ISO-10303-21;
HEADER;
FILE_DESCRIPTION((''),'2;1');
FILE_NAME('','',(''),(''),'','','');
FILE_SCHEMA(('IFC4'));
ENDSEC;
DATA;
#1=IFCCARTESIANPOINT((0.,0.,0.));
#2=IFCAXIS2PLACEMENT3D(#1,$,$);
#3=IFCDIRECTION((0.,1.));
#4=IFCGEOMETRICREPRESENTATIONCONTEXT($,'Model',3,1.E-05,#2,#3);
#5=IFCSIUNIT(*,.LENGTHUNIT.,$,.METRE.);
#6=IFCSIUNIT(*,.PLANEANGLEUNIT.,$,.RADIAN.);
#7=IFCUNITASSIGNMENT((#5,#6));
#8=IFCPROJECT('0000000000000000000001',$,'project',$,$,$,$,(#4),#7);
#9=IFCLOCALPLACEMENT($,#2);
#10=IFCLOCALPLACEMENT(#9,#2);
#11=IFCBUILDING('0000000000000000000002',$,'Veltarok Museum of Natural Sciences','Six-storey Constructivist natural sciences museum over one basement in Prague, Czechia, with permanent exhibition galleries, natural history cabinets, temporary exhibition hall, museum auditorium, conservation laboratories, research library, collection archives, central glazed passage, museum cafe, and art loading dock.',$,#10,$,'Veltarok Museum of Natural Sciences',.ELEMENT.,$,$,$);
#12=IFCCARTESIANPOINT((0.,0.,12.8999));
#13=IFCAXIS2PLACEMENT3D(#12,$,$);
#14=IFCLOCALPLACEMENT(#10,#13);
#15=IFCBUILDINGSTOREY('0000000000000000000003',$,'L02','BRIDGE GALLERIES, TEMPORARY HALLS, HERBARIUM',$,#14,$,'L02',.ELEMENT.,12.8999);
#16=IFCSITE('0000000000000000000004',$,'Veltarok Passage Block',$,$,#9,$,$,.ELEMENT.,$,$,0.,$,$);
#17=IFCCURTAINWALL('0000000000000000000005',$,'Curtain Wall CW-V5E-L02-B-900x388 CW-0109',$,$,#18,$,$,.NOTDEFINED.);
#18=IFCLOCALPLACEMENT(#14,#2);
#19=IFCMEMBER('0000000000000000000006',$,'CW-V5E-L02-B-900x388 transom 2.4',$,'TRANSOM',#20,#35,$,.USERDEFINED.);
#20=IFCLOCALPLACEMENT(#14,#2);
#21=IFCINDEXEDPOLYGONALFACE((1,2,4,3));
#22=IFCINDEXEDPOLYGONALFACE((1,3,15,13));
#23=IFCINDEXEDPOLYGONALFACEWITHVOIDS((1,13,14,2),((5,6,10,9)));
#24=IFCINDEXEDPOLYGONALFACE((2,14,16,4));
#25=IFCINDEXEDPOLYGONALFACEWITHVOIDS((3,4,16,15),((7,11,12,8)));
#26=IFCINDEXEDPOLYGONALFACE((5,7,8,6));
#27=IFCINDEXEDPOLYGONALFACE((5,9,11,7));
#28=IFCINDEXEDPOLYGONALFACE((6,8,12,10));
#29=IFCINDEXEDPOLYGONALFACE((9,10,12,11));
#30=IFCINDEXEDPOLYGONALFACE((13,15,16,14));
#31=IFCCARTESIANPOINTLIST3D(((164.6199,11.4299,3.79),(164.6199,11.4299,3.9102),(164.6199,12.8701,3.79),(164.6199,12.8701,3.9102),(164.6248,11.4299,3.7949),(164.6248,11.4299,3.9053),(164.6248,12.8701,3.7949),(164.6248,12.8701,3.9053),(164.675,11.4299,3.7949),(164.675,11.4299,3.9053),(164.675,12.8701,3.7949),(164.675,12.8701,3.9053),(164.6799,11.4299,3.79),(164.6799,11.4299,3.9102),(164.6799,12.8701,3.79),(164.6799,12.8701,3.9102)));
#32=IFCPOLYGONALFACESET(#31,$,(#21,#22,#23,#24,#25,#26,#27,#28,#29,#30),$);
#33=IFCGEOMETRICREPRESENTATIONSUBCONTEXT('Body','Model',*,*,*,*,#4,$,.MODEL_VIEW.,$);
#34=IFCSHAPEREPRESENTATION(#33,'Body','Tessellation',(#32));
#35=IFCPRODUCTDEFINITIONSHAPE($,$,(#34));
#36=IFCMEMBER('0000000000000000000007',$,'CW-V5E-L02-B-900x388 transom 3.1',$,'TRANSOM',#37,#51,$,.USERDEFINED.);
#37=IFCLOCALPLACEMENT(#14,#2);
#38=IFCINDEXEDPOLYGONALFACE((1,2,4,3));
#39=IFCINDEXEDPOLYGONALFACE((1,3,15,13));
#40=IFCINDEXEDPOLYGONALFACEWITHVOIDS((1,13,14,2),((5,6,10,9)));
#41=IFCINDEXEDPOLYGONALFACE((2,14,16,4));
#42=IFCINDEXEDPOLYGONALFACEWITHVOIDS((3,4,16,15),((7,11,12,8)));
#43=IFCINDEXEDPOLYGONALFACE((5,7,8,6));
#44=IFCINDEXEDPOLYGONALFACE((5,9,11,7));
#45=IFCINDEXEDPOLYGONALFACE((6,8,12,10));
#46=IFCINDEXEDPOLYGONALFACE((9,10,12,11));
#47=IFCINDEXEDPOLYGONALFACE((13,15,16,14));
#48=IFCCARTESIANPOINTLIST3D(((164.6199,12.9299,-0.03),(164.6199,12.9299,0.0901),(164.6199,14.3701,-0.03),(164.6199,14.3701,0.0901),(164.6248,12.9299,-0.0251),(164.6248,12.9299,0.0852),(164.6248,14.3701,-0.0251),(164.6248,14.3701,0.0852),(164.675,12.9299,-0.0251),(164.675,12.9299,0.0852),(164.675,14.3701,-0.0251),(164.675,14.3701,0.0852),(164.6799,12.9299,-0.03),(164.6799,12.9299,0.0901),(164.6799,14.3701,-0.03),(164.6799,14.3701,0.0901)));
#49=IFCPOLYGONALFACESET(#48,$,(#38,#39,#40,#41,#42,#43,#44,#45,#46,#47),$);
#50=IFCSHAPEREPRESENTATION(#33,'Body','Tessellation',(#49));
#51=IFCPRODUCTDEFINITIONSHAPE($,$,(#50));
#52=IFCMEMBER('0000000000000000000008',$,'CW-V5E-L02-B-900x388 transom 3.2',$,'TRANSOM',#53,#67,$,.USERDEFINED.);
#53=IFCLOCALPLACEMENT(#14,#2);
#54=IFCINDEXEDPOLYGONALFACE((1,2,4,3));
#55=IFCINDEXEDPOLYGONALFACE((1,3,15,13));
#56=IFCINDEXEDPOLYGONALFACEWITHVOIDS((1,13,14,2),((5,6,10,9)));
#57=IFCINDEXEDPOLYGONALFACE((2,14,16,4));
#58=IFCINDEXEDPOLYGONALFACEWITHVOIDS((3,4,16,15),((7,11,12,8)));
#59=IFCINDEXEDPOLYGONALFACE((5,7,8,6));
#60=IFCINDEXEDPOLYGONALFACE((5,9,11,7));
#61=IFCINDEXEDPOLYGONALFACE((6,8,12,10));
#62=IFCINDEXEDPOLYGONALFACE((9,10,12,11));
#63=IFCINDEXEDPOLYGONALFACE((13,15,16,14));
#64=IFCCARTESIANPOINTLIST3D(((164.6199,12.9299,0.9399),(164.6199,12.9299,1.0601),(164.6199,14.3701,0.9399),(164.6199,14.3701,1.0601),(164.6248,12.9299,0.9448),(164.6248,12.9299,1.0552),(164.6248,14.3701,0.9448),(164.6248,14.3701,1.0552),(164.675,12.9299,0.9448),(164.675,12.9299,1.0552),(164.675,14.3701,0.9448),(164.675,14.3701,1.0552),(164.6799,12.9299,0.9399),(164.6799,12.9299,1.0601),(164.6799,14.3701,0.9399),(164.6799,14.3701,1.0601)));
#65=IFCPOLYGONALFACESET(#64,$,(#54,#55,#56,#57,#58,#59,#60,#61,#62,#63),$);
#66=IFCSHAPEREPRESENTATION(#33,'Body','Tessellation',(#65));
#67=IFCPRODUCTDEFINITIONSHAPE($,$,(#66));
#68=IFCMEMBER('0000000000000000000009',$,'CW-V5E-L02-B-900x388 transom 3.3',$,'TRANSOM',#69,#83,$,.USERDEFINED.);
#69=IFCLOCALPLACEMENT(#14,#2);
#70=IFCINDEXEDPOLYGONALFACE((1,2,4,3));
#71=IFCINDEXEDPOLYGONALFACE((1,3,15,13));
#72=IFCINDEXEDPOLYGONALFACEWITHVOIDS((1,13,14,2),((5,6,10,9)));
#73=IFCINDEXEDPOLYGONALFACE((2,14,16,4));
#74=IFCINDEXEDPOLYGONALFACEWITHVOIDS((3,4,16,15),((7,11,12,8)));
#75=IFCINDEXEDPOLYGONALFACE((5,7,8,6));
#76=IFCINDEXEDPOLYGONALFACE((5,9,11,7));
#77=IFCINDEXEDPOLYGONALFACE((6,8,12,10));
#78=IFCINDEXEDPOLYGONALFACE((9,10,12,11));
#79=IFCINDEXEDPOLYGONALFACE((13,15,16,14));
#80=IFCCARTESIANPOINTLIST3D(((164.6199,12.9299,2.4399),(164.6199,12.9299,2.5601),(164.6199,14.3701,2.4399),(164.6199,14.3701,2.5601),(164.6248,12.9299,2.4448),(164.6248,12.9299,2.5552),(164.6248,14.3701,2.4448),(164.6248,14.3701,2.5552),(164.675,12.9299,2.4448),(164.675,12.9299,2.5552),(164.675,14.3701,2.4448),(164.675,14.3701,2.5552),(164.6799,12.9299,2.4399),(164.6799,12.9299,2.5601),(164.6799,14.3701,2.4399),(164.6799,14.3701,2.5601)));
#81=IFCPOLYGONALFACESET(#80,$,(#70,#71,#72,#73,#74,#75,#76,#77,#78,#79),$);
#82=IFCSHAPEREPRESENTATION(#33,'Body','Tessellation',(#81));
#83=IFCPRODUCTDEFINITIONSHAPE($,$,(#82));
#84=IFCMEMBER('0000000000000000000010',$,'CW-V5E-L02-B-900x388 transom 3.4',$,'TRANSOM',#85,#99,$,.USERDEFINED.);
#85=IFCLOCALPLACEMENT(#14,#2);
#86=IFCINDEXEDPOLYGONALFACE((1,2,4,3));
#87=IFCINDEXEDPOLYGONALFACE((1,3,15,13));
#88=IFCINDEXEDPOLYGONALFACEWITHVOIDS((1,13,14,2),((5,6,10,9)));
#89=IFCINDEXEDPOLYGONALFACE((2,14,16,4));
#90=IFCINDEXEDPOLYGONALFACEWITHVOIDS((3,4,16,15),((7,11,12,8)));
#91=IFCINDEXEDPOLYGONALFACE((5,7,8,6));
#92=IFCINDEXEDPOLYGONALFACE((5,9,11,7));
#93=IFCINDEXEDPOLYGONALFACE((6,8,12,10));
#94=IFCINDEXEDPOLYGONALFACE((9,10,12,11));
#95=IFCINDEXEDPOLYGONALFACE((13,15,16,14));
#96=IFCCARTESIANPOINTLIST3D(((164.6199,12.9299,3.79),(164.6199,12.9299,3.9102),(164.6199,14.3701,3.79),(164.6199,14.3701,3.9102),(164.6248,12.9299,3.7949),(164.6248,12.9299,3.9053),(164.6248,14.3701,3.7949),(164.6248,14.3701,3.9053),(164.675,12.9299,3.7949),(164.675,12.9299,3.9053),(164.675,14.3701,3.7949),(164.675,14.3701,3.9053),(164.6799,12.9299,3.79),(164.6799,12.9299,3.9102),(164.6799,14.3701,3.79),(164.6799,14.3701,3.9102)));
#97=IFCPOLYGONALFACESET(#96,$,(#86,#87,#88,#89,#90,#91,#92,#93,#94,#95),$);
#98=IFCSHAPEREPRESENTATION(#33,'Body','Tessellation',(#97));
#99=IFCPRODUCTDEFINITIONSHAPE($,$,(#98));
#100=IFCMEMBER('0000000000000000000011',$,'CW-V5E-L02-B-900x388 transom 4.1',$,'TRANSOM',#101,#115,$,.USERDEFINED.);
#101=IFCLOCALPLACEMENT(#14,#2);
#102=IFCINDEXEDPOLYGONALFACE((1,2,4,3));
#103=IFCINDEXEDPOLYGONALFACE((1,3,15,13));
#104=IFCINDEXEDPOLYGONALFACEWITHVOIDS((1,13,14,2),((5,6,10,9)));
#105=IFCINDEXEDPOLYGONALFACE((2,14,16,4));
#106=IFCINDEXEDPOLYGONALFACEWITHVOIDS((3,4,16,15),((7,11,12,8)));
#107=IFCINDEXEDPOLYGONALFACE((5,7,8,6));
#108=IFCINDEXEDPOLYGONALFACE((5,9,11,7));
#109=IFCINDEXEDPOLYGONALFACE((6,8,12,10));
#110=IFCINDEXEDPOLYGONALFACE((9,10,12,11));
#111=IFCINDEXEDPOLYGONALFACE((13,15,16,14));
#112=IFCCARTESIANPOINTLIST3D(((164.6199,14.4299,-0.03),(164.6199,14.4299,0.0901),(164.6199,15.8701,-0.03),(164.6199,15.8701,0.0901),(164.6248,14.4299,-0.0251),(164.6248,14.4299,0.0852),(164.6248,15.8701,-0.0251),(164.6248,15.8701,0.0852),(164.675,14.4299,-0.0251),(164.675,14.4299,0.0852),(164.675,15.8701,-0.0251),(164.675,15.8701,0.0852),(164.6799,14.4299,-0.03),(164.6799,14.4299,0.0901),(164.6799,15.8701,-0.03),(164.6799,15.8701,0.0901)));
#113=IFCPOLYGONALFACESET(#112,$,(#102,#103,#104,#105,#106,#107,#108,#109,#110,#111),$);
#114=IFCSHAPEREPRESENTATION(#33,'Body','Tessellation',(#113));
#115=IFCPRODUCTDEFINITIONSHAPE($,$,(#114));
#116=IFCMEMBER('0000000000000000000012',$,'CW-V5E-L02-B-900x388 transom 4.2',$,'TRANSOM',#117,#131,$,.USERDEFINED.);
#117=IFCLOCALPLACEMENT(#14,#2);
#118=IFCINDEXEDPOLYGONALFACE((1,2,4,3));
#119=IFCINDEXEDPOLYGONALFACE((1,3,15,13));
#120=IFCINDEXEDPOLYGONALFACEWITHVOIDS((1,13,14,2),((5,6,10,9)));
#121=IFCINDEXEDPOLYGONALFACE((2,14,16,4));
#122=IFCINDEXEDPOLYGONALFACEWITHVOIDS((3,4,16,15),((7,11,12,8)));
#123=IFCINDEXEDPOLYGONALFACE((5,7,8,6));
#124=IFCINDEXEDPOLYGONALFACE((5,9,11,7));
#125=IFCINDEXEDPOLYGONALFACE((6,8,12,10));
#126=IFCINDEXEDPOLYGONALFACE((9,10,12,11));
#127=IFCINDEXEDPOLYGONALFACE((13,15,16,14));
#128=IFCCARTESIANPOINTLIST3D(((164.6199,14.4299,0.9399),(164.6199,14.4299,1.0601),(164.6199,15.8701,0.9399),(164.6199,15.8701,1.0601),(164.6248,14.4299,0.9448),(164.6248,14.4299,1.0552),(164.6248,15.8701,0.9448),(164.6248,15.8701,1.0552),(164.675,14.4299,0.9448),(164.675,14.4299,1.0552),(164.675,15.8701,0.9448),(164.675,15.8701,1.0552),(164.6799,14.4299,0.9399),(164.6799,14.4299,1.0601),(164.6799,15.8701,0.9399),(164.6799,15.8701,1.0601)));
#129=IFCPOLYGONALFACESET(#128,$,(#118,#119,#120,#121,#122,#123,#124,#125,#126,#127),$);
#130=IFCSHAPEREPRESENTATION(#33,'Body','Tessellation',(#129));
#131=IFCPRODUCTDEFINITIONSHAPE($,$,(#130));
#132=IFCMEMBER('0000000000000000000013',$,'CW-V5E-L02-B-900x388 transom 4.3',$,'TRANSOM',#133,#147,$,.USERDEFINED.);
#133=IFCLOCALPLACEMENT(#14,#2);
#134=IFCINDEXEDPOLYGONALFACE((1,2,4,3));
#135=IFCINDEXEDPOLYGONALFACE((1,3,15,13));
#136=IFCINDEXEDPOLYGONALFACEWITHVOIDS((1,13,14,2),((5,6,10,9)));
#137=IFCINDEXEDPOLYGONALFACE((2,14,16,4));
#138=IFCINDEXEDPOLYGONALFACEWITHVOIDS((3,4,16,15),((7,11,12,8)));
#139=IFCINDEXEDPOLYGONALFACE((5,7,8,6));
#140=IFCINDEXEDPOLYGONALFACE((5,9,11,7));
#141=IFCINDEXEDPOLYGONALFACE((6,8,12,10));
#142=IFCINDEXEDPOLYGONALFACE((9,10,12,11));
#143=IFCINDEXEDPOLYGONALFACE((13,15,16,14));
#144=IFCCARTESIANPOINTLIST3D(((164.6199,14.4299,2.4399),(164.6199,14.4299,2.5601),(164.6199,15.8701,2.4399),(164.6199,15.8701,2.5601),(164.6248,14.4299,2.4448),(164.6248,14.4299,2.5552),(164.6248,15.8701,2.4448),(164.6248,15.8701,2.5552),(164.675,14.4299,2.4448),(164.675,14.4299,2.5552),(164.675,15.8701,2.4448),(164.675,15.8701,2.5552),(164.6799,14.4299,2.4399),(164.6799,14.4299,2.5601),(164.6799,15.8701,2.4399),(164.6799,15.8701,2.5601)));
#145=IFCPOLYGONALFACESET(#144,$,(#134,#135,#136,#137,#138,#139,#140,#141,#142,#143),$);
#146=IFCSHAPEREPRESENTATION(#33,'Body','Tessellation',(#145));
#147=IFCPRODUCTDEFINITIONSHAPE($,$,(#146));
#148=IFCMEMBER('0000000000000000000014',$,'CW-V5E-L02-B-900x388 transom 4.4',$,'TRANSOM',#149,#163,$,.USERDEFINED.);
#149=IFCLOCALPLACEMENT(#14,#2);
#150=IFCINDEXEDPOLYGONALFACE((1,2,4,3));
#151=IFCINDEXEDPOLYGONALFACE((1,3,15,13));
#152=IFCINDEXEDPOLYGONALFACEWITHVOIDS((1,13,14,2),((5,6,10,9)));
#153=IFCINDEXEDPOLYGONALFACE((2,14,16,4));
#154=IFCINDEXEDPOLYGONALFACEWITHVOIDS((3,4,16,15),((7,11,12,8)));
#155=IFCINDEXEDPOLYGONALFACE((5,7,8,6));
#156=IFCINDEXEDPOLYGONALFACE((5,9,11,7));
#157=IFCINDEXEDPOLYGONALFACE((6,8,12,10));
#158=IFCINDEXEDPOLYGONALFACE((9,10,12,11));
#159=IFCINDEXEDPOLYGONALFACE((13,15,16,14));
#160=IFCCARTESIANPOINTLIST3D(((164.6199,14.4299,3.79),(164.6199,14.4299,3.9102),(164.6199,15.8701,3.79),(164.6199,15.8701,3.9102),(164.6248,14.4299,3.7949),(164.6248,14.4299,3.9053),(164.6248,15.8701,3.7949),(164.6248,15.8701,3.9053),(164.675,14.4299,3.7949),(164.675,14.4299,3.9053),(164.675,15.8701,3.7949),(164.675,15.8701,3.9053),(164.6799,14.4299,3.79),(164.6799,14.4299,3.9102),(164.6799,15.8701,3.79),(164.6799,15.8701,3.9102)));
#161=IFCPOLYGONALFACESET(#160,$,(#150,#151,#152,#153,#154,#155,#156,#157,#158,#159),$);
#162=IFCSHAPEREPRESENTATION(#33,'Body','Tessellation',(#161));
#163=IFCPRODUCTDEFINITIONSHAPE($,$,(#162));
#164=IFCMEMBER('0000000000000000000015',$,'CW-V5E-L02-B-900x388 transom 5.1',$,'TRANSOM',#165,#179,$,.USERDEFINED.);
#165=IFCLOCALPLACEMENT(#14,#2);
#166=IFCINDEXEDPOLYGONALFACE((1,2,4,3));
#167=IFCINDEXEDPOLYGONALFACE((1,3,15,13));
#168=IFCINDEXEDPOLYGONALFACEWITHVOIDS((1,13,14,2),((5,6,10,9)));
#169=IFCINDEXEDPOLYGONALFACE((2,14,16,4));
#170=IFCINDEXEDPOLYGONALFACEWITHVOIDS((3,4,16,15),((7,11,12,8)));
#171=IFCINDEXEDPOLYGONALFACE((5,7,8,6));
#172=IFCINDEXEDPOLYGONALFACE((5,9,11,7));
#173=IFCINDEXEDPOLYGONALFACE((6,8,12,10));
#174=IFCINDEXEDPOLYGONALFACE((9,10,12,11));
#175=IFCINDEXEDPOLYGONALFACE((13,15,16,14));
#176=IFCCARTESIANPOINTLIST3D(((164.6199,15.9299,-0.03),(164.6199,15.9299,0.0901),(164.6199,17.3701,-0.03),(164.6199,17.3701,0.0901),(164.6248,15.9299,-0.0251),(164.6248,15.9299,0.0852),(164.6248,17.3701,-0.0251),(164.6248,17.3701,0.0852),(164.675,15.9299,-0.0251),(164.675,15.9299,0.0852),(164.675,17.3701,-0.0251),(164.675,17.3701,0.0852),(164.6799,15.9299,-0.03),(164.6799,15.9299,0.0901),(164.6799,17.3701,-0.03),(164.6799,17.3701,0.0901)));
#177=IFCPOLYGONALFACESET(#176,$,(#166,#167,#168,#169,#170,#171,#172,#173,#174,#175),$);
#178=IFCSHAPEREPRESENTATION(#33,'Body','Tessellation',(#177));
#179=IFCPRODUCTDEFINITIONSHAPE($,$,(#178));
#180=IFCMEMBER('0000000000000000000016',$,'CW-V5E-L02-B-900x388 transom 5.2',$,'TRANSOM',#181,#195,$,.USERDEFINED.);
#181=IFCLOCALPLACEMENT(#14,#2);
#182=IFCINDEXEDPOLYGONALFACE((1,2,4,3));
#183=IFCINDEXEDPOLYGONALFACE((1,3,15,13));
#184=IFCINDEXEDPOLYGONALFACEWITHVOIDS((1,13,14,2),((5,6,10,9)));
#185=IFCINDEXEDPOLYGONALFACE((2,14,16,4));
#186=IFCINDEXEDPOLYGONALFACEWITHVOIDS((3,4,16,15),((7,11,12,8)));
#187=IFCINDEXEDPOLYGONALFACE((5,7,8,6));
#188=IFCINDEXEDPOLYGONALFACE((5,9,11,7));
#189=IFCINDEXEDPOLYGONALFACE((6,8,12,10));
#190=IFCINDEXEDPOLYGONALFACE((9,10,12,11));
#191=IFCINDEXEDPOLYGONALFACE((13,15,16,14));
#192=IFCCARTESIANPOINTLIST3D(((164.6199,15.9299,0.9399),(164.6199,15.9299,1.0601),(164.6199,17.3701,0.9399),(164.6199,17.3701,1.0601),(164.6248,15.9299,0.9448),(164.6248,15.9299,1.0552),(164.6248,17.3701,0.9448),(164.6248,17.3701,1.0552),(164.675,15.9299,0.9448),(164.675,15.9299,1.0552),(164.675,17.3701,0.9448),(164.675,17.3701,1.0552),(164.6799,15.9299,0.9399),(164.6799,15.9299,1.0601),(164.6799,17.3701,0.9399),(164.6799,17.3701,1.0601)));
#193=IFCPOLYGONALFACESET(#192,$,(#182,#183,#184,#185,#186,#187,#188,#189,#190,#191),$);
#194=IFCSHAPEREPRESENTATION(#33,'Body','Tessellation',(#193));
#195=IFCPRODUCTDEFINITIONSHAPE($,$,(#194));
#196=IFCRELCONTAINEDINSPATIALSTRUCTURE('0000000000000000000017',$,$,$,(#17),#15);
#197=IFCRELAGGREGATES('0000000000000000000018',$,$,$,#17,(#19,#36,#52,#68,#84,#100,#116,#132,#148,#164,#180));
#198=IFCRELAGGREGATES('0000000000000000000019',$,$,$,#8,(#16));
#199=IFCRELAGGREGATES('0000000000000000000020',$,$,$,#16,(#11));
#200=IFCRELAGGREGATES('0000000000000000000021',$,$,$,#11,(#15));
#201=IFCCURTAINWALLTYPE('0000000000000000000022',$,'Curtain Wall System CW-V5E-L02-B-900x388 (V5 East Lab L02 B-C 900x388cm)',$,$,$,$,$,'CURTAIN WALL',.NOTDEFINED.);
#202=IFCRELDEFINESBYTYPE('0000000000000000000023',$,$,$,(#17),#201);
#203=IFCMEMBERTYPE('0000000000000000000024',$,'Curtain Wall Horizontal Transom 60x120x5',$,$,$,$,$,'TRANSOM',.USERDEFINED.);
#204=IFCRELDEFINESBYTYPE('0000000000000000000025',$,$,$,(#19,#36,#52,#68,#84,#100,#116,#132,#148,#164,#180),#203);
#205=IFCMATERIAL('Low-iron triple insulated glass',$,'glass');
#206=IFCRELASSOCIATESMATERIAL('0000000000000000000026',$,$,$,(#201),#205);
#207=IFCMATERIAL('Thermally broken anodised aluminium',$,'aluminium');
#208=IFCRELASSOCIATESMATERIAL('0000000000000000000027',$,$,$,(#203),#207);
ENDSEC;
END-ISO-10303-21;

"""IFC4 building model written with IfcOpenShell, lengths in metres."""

from ifc_helpers import new_model, si_unit, direction, frame, origin, origin_2d, place, context, subcontext, project, spatial, hollow_rectangle, extrude, material, material_profile, profile_set, type_object, element, aggregate, save


model = new_model("IFC4")

# Units and contexts
model_context = context("Model", 3, precision=1e-05, world=origin(), true_north=direction((0.0, 1.0)))
body_context = subcontext(model_context, "Body", "Model", "MODEL_VIEW")
ifc_project = project(units=[si_unit("LENGTHUNIT", "METRE"), si_unit("PLANEANGLEUNIT", "RADIAN")], contexts=[model_context])

# Site, building, storey
site_placement = place(None, origin())
site = spatial("IfcSite", under=ifc_project, at=site_placement, Name="Veltarok Passage Block", CompositionType="ELEMENT", RefElevation=0.0)
building_placement = place(site_placement, origin())
building = spatial("IfcBuilding", under=site, at=building_placement, Name="Veltarok Museum of Natural Sciences", Description="Six-storey Constructivist natural sciences museum over one basement in Prague, Czechia, with permanent exhibition galleries, natural history cabinets, temporary exhibition hall, museum auditorium, conservation laboratories, research library, collection archives, central glazed passage, museum cafe, and art loading dock.", LongName="Veltarok Museum of Natural Sciences", CompositionType="ELEMENT")
storey_placement = place(building_placement, frame((0.0, 0.0, 12.8999)))
storey = spatial("IfcBuildingStorey", under=building, at=storey_placement, Name="L02", Description="BRIDGE GALLERIES, TEMPORARY HALLS, HERBARIUM", LongName="L02", CompositionType="ELEMENT", Elevation=12.8999)

# Curtain wall, members
ifc_material_1 = material(Name="Low-iron triple insulated glass", Category="glass")
curtain_wall_type = type_object("IfcCurtainWallType", Name="Curtain Wall System CW-V5E-L02-B-900x388 (V5 East Lab L02 B-C 900x388cm)", ElementType="CURTAIN WALL", PredefinedType="NOTDEFINED", material=ifc_material_1)
curtain_wall_placement = place(storey_placement, origin())
curtain_wall = element("IfcCurtainWall", 1, at=curtain_wall_placement, inside=storey, type_object=curtain_wall_type, Name="Curtain Wall CW-V5E-L02-B-900x388 CW-0109", PredefinedType="NOTDEFINED")
ifc_material_2 = material(Name="Thermally broken anodised aluminium", Category="aluminium")
ifc_material_profile_1 = material_profile(ifc_material_2, hollow_rectangle(XDim=0.0601, YDim=0.1201, WallThickness=0.0049, at=origin_2d()), Name="CW TRANSOM 60x120x5")
ifc_profile_set_1 = profile_set([ifc_material_profile_1], Name="Thermally broken anodised aluminium")
member_type_1 = type_object("IfcMemberType", Name="Curtain Wall Horizontal Transom 60x120x5", ElementType="TRANSOM", PredefinedType="USERDEFINED", material=ifc_profile_set_1)
member_1_placement = place(storey_placement, frame((164.6499, 11.4299, 3.8501), z_axis=(0.0, 1.0, 0.0), x_axis=(-1.0, 0.0, 0.0)))
member_1 = element("IfcMember", 2, at=member_1_placement, type_object=member_type_1, Name="CW-V5E-L02-B-900x388 transom 2.4", ObjectType="TRANSOM", PredefinedType="USERDEFINED", context=body_context, shape_type="SweptSolid", body=[
    extrude(hollow_rectangle(XDim=0.0601, YDim=0.1201, WallThickness=0.0049, at=origin_2d()), origin(), (0.0, 0.0, 1.0), 1.4402),
])
member_2_placement = place(storey_placement, frame((164.6499, 12.9299, 0.03), z_axis=(0.0, 1.0, 0.0), x_axis=(-1.0, 0.0, 0.0)))
member_2 = element("IfcMember", 3, at=member_2_placement, type_object=member_type_1, Name="CW-V5E-L02-B-900x388 transom 3.1", ObjectType="TRANSOM", PredefinedType="USERDEFINED", context=body_context, shape_type="SweptSolid", body=[
    extrude(hollow_rectangle(XDim=0.0601, YDim=0.1201, WallThickness=0.0049, at=origin_2d()), origin(), (0.0, 0.0, 1.0), 1.4402),
])
member_3_placement = place(storey_placement, frame((164.6499, 12.9299, 1.0), z_axis=(0.0, 1.0, 0.0), x_axis=(-1.0, 0.0, 0.0)))
member_3 = element("IfcMember", 4, at=member_3_placement, type_object=member_type_1, Name="CW-V5E-L02-B-900x388 transom 3.2", ObjectType="TRANSOM", PredefinedType="USERDEFINED", context=body_context, shape_type="SweptSolid", body=[
    extrude(hollow_rectangle(XDim=0.0601, YDim=0.1201, WallThickness=0.0049, at=origin_2d()), origin(), (0.0, 0.0, 1.0), 1.4402),
])
member_4_placement = place(storey_placement, frame((164.6499, 12.9299, 2.5), z_axis=(0.0, 1.0, 0.0), x_axis=(-1.0, 0.0, 0.0)))
member_4 = element("IfcMember", 5, at=member_4_placement, type_object=member_type_1, Name="CW-V5E-L02-B-900x388 transom 3.3", ObjectType="TRANSOM", PredefinedType="USERDEFINED", context=body_context, shape_type="SweptSolid", body=[
    extrude(hollow_rectangle(XDim=0.0601, YDim=0.1201, WallThickness=0.0049, at=origin_2d()), origin(), (0.0, 0.0, 1.0), 1.4402),
])
member_5_placement = place(storey_placement, frame((164.6499, 12.9299, 3.8501), z_axis=(0.0, 1.0, 0.0), x_axis=(-1.0, 0.0, 0.0)))
member_5 = element("IfcMember", 6, at=member_5_placement, type_object=member_type_1, Name="CW-V5E-L02-B-900x388 transom 3.4", ObjectType="TRANSOM", PredefinedType="USERDEFINED", context=body_context, shape_type="SweptSolid", body=[
    extrude(hollow_rectangle(XDim=0.0601, YDim=0.1201, WallThickness=0.0049, at=origin_2d()), origin(), (0.0, 0.0, 1.0), 1.4402),
])
member_6_placement = place(storey_placement, frame((164.6499, 14.4299, 0.03), z_axis=(0.0, 1.0, 0.0), x_axis=(-1.0, 0.0, 0.0)))
member_6 = element("IfcMember", 7, at=member_6_placement, type_object=member_type_1, Name="CW-V5E-L02-B-900x388 transom 4.1", ObjectType="TRANSOM", PredefinedType="USERDEFINED", context=body_context, shape_type="SweptSolid", body=[
    extrude(hollow_rectangle(XDim=0.0601, YDim=0.1201, WallThickness=0.0049, at=origin_2d()), origin(), (0.0, 0.0, 1.0), 1.4402),
])
member_7_placement = place(storey_placement, frame((164.6499, 14.4299, 1.0), z_axis=(0.0, 1.0, 0.0), x_axis=(-1.0, 0.0, 0.0)))
member_7 = element("IfcMember", 8, at=member_7_placement, type_object=member_type_1, Name="CW-V5E-L02-B-900x388 transom 4.2", ObjectType="TRANSOM", PredefinedType="USERDEFINED", context=body_context, shape_type="SweptSolid", body=[
    extrude(hollow_rectangle(XDim=0.0601, YDim=0.1201, WallThickness=0.0049, at=origin_2d()), origin(), (0.0, 0.0, 1.0), 1.4402),
])
member_8_placement = place(storey_placement, frame((164.6499, 14.4299, 2.5), z_axis=(0.0, 1.0, 0.0), x_axis=(-1.0, 0.0, 0.0)))
member_8 = element("IfcMember", 9, at=member_8_placement, type_object=member_type_1, Name="CW-V5E-L02-B-900x388 transom 4.3", ObjectType="TRANSOM", PredefinedType="USERDEFINED", context=body_context, shape_type="SweptSolid", body=[
    extrude(hollow_rectangle(XDim=0.0601, YDim=0.1201, WallThickness=0.0049, at=origin_2d()), origin(), (0.0, 0.0, 1.0), 1.4402),
])
member_9_placement = place(storey_placement, frame((164.6499, 14.4299, 3.8501), z_axis=(0.0, 1.0, 0.0), x_axis=(-1.0, 0.0, 0.0)))
member_9 = element("IfcMember", 10, at=member_9_placement, type_object=member_type_1, Name="CW-V5E-L02-B-900x388 transom 4.4", ObjectType="TRANSOM", PredefinedType="USERDEFINED", context=body_context, shape_type="SweptSolid", body=[
    extrude(hollow_rectangle(XDim=0.0601, YDim=0.1201, WallThickness=0.0049, at=origin_2d()), origin(), (0.0, 0.0, 1.0), 1.4402),
])
member_10_placement = place(storey_placement, frame((164.6499, 15.9299, 0.03), z_axis=(0.0, 1.0, 0.0), x_axis=(-1.0, 0.0, 0.0)))
member_10 = element("IfcMember", 11, at=member_10_placement, type_object=member_type_1, Name="CW-V5E-L02-B-900x388 transom 5.1", ObjectType="TRANSOM", PredefinedType="USERDEFINED", context=body_context, shape_type="SweptSolid", body=[
    extrude(hollow_rectangle(XDim=0.0601, YDim=0.1201, WallThickness=0.0049, at=origin_2d()), origin(), (0.0, 0.0, 1.0), 1.4402),
])
member_11_placement = place(storey_placement, frame((164.6499, 15.9299, 1.0), z_axis=(0.0, 1.0, 0.0), x_axis=(-1.0, 0.0, 0.0)))
member_11 = element("IfcMember", 12, at=member_11_placement, type_object=member_type_1, Name="CW-V5E-L02-B-900x388 transom 5.2", ObjectType="TRANSOM", PredefinedType="USERDEFINED", context=body_context, shape_type="SweptSolid", body=[
    extrude(hollow_rectangle(XDim=0.0601, YDim=0.1201, WallThickness=0.0049, at=origin_2d()), origin(), (0.0, 0.0, 1.0), 1.4402),
])
aggregate(curtain_wall, [member_1, member_2, member_3, member_4, member_5, member_6, member_7, member_8, member_9, member_10, member_11])

save(model, "model.ifc")
